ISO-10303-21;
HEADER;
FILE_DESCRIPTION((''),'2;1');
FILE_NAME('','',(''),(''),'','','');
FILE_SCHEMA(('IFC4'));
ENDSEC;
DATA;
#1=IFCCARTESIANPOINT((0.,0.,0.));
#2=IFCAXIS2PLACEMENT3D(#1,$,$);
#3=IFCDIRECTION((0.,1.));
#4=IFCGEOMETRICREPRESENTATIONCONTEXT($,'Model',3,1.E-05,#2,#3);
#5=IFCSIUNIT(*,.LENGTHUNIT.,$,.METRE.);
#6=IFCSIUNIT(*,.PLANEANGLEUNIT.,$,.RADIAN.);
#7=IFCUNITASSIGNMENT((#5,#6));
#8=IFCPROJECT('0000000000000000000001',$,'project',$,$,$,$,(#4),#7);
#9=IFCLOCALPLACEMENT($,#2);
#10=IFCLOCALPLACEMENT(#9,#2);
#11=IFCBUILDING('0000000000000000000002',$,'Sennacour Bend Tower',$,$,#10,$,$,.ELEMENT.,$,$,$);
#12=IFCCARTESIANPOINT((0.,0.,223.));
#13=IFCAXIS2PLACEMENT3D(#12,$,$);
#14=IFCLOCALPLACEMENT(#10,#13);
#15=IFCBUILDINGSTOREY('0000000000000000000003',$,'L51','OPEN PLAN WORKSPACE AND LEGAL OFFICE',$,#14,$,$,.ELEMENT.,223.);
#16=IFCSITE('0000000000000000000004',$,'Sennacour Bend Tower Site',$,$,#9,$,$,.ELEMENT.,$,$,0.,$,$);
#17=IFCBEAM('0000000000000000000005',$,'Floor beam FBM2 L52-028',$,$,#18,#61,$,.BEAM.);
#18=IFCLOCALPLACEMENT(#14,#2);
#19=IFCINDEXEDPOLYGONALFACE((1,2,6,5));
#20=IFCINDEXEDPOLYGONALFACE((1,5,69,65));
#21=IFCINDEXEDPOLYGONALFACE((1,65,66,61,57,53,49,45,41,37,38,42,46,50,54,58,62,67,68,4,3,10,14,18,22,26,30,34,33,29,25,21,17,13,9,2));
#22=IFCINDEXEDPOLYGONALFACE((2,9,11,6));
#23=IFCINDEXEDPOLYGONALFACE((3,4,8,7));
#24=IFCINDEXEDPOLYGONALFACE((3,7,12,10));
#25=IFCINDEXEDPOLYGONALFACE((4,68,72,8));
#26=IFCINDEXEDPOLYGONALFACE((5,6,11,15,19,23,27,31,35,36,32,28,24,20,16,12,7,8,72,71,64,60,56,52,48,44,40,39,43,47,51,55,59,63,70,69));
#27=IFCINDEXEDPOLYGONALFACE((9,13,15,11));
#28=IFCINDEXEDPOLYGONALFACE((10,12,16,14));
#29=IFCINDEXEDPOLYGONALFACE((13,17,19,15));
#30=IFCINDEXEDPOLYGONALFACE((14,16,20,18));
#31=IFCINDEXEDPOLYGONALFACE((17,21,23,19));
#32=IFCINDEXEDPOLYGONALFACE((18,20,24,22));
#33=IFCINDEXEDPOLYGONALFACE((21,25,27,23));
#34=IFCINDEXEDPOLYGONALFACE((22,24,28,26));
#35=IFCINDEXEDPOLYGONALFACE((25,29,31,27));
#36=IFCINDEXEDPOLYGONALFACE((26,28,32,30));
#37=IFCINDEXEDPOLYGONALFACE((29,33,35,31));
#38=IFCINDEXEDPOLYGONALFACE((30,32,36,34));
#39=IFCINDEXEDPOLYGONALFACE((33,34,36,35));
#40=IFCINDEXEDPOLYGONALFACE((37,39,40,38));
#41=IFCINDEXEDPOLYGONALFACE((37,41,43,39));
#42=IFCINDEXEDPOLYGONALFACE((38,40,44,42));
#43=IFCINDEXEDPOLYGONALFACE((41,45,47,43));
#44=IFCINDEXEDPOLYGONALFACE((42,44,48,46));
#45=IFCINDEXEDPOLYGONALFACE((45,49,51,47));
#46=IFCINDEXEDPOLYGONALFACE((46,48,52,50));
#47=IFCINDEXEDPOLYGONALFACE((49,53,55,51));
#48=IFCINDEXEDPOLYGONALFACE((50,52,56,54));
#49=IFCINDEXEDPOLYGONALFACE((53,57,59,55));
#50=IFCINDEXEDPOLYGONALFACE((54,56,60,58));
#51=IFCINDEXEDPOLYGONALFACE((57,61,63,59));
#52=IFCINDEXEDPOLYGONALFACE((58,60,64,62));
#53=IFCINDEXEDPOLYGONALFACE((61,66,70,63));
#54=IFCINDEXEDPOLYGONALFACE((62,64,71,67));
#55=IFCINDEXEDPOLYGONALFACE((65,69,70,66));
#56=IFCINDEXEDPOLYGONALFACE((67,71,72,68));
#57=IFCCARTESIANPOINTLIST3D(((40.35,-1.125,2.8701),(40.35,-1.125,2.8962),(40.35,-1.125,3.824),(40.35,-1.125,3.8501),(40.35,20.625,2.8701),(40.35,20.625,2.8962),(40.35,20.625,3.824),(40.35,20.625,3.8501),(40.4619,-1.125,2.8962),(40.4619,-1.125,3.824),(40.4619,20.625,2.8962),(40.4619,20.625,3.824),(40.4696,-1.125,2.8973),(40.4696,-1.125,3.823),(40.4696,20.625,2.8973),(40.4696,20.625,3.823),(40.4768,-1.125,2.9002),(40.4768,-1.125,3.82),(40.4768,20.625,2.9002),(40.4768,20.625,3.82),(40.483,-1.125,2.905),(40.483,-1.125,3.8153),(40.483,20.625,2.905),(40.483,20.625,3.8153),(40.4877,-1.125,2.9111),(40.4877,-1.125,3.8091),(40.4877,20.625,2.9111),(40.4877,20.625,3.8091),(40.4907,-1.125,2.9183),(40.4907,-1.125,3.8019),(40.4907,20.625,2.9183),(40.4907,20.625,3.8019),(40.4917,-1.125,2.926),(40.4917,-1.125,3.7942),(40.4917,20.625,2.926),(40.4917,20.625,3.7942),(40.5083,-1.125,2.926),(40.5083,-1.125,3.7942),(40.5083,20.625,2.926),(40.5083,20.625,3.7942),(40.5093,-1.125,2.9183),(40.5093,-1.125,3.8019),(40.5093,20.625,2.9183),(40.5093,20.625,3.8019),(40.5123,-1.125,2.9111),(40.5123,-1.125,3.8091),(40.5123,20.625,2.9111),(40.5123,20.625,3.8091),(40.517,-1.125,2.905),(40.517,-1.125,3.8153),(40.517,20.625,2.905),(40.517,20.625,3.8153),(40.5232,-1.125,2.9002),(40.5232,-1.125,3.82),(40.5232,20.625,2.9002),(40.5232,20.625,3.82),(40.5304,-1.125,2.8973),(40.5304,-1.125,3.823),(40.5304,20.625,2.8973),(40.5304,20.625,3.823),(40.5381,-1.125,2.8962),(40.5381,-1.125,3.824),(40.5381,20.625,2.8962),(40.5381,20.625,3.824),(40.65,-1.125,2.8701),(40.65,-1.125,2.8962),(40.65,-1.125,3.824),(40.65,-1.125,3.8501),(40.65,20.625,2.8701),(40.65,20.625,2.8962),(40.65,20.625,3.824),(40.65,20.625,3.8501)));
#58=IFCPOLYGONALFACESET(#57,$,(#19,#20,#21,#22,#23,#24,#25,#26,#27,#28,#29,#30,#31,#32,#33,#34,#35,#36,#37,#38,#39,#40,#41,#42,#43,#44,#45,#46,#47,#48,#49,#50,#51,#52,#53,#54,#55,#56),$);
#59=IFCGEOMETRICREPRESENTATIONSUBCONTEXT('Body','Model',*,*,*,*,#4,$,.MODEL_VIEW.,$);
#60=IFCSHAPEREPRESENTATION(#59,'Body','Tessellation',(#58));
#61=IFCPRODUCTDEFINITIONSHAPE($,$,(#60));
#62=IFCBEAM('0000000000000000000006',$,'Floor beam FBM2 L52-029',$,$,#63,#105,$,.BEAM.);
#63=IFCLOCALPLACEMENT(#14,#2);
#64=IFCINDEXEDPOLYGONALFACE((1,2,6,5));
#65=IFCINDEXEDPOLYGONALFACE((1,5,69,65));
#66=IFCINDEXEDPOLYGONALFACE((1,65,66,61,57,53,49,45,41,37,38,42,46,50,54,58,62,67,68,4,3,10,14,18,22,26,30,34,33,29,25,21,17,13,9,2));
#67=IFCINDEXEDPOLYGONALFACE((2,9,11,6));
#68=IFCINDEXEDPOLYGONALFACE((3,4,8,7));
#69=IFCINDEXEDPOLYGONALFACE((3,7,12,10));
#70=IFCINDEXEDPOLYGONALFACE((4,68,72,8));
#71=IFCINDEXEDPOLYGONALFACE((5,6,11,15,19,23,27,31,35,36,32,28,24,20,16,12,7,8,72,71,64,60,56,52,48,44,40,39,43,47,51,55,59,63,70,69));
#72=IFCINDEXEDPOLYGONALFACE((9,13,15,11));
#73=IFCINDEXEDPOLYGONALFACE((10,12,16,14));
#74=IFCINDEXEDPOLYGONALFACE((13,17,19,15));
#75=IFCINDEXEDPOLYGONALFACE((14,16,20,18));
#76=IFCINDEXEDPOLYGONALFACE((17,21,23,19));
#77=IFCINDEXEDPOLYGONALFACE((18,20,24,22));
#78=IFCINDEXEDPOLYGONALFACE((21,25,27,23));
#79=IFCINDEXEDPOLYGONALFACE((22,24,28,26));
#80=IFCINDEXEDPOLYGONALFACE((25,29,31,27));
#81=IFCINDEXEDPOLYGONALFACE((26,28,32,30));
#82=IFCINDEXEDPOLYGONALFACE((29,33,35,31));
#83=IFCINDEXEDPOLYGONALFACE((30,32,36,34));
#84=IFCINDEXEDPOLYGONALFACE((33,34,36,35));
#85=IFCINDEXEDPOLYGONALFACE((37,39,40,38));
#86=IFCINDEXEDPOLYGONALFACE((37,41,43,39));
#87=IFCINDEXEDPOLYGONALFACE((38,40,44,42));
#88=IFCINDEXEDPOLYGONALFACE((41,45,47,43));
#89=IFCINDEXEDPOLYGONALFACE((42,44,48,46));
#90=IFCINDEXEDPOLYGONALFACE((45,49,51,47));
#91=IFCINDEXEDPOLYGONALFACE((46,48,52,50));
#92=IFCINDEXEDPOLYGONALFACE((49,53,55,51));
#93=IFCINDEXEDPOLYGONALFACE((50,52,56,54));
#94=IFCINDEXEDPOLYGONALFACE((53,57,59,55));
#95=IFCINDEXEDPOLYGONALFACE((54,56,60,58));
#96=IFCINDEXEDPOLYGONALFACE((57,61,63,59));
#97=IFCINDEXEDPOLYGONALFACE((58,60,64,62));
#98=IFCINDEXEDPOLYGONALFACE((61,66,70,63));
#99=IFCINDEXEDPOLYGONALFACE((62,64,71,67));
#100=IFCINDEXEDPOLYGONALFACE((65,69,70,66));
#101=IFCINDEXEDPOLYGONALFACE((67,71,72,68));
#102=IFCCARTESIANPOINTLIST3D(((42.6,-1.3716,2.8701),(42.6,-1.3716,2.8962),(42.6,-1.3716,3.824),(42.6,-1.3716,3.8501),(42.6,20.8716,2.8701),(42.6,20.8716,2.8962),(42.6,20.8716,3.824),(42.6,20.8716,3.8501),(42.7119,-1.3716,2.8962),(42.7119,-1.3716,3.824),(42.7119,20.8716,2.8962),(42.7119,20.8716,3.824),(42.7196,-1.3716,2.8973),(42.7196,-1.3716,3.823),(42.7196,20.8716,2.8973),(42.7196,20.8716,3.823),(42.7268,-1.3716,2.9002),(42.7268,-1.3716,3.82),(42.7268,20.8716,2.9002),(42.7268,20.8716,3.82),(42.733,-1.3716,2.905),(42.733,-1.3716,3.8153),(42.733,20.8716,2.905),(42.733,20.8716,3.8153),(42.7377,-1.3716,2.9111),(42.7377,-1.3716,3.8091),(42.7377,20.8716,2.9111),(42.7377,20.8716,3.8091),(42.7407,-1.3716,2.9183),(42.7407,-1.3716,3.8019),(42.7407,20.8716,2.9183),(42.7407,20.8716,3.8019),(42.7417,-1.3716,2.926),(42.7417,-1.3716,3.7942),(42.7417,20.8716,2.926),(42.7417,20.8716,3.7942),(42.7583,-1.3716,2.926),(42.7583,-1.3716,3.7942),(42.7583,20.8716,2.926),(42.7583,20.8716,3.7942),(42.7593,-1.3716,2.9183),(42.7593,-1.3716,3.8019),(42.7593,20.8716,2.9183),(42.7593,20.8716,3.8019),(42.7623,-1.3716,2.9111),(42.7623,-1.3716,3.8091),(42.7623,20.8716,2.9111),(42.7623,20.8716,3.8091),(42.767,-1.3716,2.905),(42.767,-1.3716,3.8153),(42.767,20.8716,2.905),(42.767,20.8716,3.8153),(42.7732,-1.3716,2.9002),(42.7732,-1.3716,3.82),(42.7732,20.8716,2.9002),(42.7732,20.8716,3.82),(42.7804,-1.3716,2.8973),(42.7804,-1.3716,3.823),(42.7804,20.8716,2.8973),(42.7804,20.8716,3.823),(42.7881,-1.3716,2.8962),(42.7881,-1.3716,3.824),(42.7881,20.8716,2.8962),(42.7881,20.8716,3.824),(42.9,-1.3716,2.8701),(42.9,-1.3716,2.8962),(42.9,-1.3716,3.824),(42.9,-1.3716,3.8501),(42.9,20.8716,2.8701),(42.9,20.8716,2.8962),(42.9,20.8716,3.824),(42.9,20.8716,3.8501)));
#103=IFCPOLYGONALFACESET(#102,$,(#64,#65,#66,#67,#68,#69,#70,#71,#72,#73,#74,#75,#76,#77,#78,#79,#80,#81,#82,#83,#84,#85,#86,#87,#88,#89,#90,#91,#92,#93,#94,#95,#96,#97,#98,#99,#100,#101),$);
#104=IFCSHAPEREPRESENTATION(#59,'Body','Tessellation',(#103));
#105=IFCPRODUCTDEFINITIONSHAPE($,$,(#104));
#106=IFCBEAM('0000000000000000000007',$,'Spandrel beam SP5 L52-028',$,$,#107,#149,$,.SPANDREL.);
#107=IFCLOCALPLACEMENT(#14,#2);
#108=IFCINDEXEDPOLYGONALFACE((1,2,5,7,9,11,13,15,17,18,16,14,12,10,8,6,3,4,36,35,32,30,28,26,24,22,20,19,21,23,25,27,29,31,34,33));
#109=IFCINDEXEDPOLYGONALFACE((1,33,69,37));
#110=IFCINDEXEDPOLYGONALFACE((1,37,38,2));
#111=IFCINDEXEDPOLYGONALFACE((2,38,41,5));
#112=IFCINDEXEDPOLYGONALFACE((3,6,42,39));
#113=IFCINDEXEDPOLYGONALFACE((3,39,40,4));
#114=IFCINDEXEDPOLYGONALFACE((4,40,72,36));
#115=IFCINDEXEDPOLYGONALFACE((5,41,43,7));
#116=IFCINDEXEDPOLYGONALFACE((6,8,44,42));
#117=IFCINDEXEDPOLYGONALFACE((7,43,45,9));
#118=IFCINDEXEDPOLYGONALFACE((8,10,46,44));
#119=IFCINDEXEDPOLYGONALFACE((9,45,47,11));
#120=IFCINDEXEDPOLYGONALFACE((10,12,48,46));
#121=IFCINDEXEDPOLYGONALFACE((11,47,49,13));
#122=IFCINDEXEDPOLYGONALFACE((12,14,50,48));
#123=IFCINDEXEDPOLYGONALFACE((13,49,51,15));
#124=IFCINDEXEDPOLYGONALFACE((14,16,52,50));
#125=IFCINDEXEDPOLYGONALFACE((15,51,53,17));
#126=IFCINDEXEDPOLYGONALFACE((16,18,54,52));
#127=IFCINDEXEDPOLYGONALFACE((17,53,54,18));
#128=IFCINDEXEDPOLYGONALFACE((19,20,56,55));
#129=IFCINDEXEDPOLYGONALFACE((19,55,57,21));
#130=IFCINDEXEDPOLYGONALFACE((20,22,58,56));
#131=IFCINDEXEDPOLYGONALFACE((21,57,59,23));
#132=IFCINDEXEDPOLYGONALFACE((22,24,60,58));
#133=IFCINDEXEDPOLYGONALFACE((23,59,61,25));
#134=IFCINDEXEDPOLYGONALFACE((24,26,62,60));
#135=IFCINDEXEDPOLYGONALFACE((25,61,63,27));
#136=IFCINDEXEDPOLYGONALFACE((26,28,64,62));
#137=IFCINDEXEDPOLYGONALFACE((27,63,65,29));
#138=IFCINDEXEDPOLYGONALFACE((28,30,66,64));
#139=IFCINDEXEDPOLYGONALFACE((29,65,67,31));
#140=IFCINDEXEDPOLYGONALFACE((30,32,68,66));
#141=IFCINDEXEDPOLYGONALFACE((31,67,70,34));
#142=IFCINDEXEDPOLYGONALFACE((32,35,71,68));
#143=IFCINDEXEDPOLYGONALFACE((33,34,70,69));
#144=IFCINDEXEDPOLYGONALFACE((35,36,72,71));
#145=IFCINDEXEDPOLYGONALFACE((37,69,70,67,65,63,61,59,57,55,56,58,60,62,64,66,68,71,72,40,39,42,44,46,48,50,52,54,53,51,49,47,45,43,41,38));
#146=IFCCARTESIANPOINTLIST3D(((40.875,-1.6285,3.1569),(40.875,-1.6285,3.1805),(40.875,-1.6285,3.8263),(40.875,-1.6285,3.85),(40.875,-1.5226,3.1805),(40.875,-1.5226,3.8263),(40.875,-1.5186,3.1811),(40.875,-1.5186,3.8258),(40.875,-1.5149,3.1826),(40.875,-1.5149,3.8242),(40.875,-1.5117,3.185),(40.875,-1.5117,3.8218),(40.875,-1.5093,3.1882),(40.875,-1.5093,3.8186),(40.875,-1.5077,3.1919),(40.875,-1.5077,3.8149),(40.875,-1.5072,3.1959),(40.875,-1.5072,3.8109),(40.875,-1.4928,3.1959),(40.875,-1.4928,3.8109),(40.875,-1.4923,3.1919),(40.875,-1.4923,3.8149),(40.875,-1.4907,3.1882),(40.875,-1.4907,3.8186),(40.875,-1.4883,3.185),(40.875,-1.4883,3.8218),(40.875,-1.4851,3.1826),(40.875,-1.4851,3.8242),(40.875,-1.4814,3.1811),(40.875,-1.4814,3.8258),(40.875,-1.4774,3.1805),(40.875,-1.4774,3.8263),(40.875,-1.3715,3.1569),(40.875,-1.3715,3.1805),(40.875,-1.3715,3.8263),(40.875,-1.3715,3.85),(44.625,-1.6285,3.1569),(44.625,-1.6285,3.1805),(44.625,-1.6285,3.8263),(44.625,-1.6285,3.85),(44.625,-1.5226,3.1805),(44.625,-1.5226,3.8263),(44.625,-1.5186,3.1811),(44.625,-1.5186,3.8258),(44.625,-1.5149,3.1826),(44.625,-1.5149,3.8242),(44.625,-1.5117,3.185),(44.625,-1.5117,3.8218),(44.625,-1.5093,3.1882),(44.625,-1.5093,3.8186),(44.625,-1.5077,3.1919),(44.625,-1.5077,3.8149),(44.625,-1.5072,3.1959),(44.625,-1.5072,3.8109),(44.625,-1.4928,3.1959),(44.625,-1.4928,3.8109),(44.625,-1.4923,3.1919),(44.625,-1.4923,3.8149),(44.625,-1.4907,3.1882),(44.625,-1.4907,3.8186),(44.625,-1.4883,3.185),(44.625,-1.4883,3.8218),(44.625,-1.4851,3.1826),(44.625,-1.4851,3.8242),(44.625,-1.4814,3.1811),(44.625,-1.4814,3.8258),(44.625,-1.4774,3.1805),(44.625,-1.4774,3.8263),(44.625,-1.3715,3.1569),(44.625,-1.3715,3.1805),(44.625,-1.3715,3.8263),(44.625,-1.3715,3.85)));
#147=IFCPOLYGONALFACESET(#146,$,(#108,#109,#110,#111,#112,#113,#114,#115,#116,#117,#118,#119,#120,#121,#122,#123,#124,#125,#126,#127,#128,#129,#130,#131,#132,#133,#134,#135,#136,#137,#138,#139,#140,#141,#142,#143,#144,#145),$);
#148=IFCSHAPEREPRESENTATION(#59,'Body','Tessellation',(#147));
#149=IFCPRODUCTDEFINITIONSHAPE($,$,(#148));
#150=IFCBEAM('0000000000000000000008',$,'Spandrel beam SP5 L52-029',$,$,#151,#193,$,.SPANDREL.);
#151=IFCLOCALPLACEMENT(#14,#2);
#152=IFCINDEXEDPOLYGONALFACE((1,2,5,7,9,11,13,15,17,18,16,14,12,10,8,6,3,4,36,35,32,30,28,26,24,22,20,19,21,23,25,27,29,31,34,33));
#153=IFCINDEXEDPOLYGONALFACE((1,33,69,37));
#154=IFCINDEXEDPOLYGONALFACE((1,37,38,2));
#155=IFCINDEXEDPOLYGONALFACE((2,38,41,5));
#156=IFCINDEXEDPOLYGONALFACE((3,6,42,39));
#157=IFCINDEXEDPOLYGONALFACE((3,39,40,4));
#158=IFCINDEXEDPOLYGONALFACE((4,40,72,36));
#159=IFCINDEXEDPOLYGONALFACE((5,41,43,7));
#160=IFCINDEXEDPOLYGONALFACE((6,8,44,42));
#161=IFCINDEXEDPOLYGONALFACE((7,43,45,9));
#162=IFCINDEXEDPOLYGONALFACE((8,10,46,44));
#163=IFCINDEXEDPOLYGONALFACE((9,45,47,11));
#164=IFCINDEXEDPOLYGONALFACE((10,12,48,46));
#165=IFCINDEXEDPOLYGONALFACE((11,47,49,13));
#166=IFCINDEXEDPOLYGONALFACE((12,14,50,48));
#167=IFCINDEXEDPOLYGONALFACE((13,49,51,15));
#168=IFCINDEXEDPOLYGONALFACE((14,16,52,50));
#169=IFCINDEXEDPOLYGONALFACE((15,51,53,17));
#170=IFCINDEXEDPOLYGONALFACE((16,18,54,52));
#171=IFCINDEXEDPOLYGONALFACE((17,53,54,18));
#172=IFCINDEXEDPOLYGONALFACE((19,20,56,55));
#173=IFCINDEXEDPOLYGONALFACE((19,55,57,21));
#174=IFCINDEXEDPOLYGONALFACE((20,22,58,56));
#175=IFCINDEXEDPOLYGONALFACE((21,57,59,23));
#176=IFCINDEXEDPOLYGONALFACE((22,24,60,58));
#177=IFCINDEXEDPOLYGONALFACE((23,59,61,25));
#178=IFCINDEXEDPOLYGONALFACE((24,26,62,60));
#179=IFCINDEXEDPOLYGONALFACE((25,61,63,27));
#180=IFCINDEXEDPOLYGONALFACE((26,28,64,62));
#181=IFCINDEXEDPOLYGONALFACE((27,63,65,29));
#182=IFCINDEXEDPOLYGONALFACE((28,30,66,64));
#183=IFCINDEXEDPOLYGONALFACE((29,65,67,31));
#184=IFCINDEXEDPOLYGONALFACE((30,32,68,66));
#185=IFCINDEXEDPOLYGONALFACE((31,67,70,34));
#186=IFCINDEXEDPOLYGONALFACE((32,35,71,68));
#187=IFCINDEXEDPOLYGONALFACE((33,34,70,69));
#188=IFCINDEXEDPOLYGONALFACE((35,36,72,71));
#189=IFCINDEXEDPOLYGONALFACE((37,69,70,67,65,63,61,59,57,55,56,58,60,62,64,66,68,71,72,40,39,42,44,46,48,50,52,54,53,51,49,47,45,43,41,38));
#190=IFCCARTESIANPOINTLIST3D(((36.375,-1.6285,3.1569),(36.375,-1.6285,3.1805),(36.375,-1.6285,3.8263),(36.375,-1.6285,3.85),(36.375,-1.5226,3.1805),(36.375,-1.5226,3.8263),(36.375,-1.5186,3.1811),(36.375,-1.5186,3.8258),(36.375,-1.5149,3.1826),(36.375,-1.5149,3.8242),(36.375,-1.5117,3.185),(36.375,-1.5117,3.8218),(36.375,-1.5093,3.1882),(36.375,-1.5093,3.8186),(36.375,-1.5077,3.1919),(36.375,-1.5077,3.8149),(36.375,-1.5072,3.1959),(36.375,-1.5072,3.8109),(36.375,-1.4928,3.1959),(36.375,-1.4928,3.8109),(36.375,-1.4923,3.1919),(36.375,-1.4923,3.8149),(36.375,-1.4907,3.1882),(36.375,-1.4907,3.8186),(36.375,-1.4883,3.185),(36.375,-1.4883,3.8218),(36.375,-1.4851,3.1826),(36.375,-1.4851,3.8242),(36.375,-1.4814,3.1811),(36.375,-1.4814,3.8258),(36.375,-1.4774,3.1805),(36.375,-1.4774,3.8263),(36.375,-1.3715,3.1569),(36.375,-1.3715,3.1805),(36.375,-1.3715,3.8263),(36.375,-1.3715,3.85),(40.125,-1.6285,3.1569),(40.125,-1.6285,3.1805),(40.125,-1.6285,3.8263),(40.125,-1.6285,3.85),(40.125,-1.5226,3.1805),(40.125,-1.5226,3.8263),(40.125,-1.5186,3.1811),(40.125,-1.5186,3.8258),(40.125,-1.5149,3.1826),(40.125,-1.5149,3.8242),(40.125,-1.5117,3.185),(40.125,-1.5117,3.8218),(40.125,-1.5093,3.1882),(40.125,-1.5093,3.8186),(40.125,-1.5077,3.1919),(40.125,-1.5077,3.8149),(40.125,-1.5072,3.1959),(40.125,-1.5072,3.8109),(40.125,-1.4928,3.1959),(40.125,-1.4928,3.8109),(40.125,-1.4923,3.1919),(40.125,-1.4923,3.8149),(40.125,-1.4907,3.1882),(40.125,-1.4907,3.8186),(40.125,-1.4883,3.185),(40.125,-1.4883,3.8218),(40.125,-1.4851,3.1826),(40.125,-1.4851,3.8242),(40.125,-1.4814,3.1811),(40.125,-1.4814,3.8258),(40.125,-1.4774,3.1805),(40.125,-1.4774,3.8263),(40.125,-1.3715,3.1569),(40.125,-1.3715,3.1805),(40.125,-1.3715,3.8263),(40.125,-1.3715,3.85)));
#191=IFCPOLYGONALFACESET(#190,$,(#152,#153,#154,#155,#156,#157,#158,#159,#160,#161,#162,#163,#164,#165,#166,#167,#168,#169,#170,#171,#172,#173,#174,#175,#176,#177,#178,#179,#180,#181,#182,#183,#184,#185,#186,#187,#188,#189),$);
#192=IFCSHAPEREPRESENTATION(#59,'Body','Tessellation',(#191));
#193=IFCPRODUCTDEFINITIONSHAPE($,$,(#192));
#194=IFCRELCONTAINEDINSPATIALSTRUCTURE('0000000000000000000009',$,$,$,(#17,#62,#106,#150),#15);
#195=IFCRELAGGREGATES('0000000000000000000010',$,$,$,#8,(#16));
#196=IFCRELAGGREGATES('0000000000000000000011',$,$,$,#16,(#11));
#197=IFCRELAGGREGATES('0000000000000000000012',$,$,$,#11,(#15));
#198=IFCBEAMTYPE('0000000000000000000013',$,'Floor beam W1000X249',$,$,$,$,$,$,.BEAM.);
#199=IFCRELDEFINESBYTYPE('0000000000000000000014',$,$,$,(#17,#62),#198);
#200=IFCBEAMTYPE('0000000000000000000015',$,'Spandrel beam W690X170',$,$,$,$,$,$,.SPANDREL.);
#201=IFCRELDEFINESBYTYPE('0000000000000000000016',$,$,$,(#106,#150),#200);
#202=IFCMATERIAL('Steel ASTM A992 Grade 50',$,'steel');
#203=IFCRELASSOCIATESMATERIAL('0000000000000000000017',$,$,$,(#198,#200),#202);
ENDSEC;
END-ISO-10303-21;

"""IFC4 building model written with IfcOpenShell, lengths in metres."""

from ifc_helpers import new_model, si_unit, direction, frame, origin, origin_2d, place, context, subcontext, project, spatial, i_section, extrude, material, material_profile, profile_set, type_object, element, save


model = new_model("IFC4")

# Units and contexts
model_context = context("Model", 3, precision=1e-05, world=origin(), true_north=direction((0.0, 1.0)))
body_context = subcontext(model_context, "Body", "Model", "MODEL_VIEW")
ifc_project = project(units=[si_unit("LENGTHUNIT", "METRE"), si_unit("PLANEANGLEUNIT", "RADIAN")], contexts=[model_context])

# Site, building, storey
site_placement = place(None, origin())
site = spatial("IfcSite", under=ifc_project, at=site_placement, Name="Sennacour Bend Tower Site", CompositionType="ELEMENT", RefElevation=0.0)
building_placement = place(site_placement, origin())
building = spatial("IfcBuilding", under=site, at=building_placement, Name="Sennacour Bend Tower", CompositionType="ELEMENT")
storey_placement = place(building_placement, frame((0.0, 0.0, 223.0)))
storey = spatial("IfcBuildingStorey", under=building, at=storey_placement, Name="L51", Description="OPEN PLAN WORKSPACE AND LEGAL OFFICE", CompositionType="ELEMENT", Elevation=223.0)

# Beams
ifc_material_1 = material(Name="Steel ASTM A992 Grade 50", Category="steel")
ifc_material_profile_1 = material_profile(ifc_material_1, i_section(OverallWidth=0.3, OverallDepth=0.98, WebThickness=0.0166, FlangeThickness=0.0261, FilletRadius=0.0298, at=origin_2d()), Name="Steel ASTM A992 Grade 50", Category="steel")
ifc_profile_set_1 = profile_set([ifc_material_profile_1], Name="Steel ASTM A992 Grade 50")
beam_type_1 = type_object("IfcBeamType", Name="Floor beam W1000X249", PredefinedType="BEAM", material=ifc_profile_set_1)
beam_1_placement = place(storey_placement, frame((40.5, -1.125, 3.3601), z_axis=(0.0, 1.0, 0.0), x_axis=(-1.0, 0.0, 0.0)))
element("IfcBeam", 1, at=beam_1_placement, inside=storey, type_object=beam_type_1, Name="Floor beam FBM2 L52-028", PredefinedType="BEAM", context=body_context, shape_type="SweptSolid", body=[
    extrude(i_section(OverallWidth=0.3, OverallDepth=0.98, WebThickness=0.0166, FlangeThickness=0.0261, FilletRadius=0.0298, at=origin_2d()), origin(), (0.0, 0.0, 1.0), 21.75),
])
beam_2_placement = place(storey_placement, frame((42.75, -1.3716, 3.3601), z_axis=(0.0, 1.0, 0.0), x_axis=(-1.0, 0.0, 0.0)))
element("IfcBeam", 2, at=beam_2_placement, inside=storey, type_object=beam_type_1, Name="Floor beam FBM2 L52-029", PredefinedType="BEAM", context=body_context, shape_type="SweptSolid", body=[
    extrude(i_section(OverallWidth=0.3, OverallDepth=0.98, WebThickness=0.0166, FlangeThickness=0.0261, FilletRadius=0.0298, at=origin_2d()), origin(), (0.0, 0.0, 1.0), 22.2432),
])
ifc_material_profile_2 = material_profile(ifc_material_1, i_section(OverallWidth=0.2571, OverallDepth=0.6931, WebThickness=0.0144, FlangeThickness=0.0237, FilletRadius=0.0154, at=origin_2d()), Name="Steel ASTM A992 Grade 50", Category="steel")
ifc_profile_set_2 = profile_set([ifc_material_profile_2], Name="Steel ASTM A992 Grade 50")
beam_type_2 = type_object("IfcBeamType", Name="Spandrel beam W690X170", PredefinedType="SPANDREL", material=ifc_profile_set_2)
for number, where, z_axis, x_axis, name in (
    (3, (44.625, -1.5, 3.5034), (-1.0, 0.0, 0.0), (0.0, -1.0, 0.0), "Spandrel beam SP5 L52-028"),
    (4, (40.125, -1.5, 3.5034), (-1.0, 0.0, 0.0), (0.0, -1.0, 0.0), "Spandrel beam SP5 L52-029"),
):
    element("IfcBeam", number, at=place(storey_placement, frame(where, z_axis=z_axis, x_axis=x_axis)), inside=storey, type_object=beam_type_2, Name=name, PredefinedType="SPANDREL", context=body_context, shape_type="SweptSolid", body=[
        extrude(i_section(OverallWidth=0.2571, OverallDepth=0.6931, WebThickness=0.0144, FlangeThickness=0.0237, FilletRadius=0.0154, at=origin_2d()), origin(), (0.0, 0.0, 1.0), 3.75),
    ])

save(model, "model.ifc")
